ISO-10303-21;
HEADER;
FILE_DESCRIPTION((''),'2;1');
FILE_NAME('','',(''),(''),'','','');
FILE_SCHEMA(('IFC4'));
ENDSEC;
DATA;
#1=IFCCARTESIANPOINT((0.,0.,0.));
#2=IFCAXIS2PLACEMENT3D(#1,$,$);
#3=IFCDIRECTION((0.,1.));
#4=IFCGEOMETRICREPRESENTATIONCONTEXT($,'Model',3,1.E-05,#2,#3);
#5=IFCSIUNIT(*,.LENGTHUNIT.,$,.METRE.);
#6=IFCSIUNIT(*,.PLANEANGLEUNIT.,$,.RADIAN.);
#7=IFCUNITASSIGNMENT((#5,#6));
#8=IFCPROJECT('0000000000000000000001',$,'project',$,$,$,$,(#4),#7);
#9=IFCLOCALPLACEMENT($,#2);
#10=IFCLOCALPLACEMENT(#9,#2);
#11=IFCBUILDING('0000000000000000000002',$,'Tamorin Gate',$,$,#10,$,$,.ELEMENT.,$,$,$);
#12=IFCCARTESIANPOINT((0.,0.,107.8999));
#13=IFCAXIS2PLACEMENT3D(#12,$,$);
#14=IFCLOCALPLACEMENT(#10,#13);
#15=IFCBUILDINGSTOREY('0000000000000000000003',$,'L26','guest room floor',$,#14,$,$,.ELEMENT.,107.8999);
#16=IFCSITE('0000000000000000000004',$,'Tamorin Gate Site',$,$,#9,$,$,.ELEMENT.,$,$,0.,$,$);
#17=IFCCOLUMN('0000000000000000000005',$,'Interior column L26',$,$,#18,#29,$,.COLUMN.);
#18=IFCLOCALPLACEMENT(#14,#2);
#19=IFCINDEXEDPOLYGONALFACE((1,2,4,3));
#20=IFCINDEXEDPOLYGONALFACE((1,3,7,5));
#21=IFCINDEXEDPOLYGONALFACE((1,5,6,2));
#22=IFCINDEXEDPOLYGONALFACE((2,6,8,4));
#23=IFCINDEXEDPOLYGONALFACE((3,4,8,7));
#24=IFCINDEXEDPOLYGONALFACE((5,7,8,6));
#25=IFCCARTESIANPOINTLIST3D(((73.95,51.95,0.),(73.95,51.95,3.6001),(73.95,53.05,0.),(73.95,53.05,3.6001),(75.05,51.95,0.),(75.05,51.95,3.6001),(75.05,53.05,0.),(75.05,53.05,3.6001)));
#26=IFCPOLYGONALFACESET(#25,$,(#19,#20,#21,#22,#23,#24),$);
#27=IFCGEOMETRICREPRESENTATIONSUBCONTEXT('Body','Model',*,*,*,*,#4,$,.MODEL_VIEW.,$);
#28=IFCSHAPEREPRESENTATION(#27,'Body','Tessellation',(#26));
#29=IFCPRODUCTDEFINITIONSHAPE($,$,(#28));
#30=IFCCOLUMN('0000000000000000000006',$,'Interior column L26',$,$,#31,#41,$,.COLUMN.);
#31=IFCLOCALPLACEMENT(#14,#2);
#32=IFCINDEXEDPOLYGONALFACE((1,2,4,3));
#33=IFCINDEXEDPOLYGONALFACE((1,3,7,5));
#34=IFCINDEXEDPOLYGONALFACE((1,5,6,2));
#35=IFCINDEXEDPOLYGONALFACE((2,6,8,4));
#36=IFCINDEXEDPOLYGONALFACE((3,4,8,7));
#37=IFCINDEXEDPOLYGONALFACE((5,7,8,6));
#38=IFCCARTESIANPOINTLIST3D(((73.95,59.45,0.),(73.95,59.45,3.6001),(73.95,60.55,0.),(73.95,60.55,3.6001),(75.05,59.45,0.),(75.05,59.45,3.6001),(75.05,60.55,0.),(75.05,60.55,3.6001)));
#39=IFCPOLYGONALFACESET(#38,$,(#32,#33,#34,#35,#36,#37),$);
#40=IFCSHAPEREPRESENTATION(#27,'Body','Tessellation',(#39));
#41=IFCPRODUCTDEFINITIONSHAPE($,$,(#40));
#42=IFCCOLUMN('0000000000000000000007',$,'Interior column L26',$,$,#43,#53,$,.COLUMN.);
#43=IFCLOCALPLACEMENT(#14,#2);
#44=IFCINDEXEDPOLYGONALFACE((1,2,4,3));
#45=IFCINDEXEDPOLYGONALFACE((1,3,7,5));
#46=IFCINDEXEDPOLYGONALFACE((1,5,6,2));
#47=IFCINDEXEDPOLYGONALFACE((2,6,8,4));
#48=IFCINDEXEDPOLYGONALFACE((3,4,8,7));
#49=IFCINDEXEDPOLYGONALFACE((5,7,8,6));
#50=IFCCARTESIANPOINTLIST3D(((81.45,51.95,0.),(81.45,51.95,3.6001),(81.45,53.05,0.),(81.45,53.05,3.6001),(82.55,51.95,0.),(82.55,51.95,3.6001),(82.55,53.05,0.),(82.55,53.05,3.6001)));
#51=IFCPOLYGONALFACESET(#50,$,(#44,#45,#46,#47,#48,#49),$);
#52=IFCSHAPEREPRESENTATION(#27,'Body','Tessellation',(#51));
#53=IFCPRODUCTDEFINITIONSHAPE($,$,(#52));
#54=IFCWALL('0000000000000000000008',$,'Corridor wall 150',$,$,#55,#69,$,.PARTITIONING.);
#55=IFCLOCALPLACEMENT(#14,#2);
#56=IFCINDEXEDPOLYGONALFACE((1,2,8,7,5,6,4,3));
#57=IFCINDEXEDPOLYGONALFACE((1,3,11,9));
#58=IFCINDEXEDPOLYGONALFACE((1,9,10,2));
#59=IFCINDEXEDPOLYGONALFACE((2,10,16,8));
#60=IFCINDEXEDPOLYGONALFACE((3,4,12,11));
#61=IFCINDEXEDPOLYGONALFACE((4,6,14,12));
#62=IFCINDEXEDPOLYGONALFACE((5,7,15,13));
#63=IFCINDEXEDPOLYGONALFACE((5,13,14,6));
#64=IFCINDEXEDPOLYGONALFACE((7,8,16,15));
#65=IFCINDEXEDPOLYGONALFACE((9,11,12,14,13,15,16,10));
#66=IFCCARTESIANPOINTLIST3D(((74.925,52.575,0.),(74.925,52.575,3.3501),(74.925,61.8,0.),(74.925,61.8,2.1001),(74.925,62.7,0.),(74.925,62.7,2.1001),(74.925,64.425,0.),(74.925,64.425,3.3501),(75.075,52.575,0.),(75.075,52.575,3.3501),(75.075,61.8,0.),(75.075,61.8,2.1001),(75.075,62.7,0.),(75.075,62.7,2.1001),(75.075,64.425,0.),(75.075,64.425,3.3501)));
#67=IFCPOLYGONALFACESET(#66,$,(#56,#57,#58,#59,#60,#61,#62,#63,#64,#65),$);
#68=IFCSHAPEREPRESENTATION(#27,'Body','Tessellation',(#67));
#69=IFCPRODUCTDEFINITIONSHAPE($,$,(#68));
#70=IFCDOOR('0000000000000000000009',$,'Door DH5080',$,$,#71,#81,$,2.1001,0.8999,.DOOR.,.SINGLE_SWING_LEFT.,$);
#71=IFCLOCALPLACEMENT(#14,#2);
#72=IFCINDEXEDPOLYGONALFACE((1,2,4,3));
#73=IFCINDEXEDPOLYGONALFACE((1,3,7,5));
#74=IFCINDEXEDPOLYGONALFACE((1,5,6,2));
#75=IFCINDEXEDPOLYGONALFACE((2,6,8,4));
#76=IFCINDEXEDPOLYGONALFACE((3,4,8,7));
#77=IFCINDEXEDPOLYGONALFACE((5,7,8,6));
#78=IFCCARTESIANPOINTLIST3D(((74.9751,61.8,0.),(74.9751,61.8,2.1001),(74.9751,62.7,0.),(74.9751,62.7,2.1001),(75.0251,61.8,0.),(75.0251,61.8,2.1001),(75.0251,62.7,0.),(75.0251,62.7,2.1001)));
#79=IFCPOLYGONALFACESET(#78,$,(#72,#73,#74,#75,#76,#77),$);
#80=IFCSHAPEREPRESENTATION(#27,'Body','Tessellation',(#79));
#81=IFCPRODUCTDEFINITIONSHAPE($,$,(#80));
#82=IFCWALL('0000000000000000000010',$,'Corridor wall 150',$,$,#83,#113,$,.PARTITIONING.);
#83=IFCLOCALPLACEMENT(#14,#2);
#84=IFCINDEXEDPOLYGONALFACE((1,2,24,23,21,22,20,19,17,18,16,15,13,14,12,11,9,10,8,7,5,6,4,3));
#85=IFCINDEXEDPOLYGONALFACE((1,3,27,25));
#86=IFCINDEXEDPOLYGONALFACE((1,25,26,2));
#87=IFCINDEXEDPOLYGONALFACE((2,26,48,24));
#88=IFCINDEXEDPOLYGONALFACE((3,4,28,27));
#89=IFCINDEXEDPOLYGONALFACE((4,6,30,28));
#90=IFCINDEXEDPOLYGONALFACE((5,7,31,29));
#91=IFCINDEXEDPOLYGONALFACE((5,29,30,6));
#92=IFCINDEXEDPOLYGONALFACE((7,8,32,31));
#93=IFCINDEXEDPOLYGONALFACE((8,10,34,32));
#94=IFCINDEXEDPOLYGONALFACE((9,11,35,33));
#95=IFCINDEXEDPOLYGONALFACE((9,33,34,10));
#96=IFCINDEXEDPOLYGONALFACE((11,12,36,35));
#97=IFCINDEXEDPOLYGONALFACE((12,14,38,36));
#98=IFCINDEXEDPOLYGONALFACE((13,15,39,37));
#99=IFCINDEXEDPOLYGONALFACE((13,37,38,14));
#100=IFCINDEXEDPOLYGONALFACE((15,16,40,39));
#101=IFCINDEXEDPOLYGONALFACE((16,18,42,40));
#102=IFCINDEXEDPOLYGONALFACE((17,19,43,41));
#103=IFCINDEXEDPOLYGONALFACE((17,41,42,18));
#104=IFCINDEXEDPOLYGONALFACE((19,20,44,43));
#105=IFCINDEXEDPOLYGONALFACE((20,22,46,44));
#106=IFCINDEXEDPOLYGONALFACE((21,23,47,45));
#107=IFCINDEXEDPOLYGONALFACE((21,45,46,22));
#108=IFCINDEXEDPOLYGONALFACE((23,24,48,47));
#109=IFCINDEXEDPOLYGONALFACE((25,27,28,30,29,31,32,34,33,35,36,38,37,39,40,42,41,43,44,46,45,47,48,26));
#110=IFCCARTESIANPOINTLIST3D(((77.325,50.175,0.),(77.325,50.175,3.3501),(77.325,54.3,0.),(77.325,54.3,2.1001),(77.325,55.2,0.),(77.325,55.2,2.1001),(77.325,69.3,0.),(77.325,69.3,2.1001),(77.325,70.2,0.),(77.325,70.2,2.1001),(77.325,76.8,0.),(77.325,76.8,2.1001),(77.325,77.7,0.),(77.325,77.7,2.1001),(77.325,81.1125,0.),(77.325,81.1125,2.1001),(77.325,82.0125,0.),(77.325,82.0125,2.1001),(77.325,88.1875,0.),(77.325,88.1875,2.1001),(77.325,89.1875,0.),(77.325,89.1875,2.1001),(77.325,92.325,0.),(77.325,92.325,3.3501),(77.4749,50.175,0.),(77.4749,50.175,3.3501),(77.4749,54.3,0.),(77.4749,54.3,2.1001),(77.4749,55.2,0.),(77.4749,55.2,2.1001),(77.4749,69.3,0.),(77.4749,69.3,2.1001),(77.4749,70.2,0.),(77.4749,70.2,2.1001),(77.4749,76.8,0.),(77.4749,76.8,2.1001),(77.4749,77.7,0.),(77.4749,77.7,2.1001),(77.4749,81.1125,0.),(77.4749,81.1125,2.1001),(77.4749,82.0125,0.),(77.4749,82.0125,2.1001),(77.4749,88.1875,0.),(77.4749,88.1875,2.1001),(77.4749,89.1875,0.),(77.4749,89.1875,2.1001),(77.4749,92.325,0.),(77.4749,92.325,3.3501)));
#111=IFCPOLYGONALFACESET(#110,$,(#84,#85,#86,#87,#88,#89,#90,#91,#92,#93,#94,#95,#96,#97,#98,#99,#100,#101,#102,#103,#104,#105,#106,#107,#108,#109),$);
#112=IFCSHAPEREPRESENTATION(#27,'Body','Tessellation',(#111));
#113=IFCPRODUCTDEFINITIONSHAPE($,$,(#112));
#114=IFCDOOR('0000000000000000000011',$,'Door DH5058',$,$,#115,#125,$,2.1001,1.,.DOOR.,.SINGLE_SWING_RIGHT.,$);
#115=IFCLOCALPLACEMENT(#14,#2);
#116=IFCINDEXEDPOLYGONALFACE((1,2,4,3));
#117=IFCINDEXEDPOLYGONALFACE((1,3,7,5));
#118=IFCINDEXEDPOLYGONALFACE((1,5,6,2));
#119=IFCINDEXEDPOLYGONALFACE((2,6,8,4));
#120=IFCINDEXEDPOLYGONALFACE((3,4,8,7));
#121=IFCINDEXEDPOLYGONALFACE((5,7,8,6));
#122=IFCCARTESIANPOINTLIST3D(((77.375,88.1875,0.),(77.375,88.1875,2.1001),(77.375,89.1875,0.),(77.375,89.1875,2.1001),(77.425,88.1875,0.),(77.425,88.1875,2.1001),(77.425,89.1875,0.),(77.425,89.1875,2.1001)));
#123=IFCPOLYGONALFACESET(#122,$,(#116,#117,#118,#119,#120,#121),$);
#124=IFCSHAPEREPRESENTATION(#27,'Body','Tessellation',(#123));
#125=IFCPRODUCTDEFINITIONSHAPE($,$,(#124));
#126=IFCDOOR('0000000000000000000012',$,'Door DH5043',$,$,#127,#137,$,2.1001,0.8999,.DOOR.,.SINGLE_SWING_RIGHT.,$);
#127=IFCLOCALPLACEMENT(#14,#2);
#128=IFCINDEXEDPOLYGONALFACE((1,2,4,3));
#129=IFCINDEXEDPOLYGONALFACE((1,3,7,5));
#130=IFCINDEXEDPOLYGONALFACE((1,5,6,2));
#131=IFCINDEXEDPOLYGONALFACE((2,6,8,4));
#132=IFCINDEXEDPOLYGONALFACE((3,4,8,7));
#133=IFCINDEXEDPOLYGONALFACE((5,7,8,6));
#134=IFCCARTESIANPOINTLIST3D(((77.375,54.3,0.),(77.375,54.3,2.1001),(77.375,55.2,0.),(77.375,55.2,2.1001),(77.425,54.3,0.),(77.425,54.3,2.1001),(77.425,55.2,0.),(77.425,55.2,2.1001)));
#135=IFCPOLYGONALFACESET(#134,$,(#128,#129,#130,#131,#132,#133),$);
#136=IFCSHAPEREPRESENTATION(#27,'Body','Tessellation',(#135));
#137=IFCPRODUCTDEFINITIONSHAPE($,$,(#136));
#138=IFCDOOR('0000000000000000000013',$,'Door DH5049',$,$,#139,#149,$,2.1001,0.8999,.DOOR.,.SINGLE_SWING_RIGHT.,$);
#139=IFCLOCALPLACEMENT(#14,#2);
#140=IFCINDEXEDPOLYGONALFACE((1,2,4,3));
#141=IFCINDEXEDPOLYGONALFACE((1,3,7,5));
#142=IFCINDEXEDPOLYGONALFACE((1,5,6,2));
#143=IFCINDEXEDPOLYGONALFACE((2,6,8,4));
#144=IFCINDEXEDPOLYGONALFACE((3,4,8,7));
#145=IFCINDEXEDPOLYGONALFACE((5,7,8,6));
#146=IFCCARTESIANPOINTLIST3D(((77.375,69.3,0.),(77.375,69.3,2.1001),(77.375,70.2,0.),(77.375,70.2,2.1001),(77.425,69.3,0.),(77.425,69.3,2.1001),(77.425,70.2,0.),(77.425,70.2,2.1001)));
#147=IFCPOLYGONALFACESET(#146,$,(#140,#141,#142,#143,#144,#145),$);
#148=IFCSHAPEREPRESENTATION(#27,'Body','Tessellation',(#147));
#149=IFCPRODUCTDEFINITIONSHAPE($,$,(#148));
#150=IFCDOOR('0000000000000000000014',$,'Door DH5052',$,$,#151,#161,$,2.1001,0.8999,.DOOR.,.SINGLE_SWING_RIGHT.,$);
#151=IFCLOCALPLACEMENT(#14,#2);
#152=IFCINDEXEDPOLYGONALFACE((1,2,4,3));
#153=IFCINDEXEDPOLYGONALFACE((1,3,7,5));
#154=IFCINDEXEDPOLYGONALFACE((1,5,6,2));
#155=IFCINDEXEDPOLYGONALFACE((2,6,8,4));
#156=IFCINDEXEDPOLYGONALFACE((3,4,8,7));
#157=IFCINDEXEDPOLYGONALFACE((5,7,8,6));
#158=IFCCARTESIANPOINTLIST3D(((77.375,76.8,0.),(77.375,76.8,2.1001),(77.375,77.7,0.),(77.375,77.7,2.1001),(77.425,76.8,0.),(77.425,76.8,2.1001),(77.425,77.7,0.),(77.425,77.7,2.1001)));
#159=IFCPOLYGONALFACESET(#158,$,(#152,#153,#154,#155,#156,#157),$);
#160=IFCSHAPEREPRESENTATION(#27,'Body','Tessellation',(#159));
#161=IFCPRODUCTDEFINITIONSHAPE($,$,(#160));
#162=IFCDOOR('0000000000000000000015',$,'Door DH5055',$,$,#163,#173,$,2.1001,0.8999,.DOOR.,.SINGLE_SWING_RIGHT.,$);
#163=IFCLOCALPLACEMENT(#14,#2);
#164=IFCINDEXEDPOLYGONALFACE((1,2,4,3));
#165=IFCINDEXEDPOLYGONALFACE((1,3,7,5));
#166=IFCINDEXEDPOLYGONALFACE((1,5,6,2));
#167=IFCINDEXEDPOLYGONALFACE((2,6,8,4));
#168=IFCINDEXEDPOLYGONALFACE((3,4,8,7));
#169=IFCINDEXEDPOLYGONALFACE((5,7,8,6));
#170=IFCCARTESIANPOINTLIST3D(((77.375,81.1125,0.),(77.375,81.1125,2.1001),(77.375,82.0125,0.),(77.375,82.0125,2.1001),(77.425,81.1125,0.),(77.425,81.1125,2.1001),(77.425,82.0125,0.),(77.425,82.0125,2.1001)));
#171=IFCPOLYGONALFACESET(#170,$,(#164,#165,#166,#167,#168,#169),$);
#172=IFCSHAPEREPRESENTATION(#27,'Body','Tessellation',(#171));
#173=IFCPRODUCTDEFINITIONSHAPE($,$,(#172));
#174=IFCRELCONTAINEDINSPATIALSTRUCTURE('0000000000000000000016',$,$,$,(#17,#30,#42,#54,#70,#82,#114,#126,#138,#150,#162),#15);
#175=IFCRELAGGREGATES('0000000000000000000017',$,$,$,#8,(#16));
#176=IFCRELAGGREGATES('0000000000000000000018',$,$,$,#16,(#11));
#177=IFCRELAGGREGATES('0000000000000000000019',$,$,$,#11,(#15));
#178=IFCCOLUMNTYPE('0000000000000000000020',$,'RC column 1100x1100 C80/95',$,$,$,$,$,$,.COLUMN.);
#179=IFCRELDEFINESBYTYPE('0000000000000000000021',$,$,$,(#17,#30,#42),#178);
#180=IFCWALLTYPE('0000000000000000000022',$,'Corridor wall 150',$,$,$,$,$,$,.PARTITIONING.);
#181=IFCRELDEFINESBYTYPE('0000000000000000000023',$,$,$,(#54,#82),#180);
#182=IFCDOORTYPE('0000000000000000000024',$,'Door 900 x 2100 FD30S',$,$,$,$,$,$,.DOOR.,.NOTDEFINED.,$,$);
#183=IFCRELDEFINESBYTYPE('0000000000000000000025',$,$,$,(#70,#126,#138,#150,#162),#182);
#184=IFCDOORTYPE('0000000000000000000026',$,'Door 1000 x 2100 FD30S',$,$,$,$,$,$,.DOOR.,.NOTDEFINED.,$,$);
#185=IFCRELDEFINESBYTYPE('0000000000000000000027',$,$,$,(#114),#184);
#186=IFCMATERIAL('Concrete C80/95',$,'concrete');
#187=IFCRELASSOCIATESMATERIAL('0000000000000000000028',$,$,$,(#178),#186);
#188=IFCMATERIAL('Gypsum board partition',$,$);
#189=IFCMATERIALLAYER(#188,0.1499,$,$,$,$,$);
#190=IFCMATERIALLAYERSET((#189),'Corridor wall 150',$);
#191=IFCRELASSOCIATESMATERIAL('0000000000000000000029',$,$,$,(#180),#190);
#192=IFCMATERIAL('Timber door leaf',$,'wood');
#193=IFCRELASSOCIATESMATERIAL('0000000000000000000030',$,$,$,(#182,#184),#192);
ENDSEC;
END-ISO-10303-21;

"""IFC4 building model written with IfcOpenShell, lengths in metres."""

from ifc_helpers import new_model, si_unit, direction, frame, frame_2d, origin, origin_2d, place, context, subcontext, project, spatial, rectangle, extrude, material, layer, layer_set, material_profile, profile_set, type_object, element, fill, save


model = new_model("IFC4")

# Units and contexts
model_context = context("Model", 3, precision=1e-05, world=origin(), true_north=direction((0.0, 1.0)))
body_context = subcontext(model_context, "Body", "Model", "MODEL_VIEW")
ifc_project = project(units=[si_unit("LENGTHUNIT", "METRE"), si_unit("PLANEANGLEUNIT", "RADIAN")], contexts=[model_context])

# Site, building, storey
site_placement = place(None, origin())
site = spatial("IfcSite", under=ifc_project, at=site_placement, Name="Tamorin Gate Site", CompositionType="ELEMENT", RefElevation=0.0)
building_placement = place(site_placement, origin())
building = spatial("IfcBuilding", under=site, at=building_placement, Name="Tamorin Gate", CompositionType="ELEMENT")
storey_placement = place(building_placement, frame((0.0, 0.0, 107.8999)))
storey = spatial("IfcBuildingStorey", under=building, at=storey_placement, Name="L26", Description="guest room floor", CompositionType="ELEMENT", Elevation=107.8999)

# Columns
ifc_material_1 = material(Name="Concrete C80/95", Category="concrete")
ifc_material_profile = material_profile(ifc_material_1, rectangle(XDim=1.1001, YDim=1.1001, at=origin_2d()), Name="RC 1100x1100")
ifc_profile_set = profile_set([ifc_material_profile], Name="Concrete C80/95")
column_type = type_object("IfcColumnType", Name="RC column 1100x1100 C80/95", PredefinedType="COLUMN", material=ifc_profile_set)
for number, where, z_axis, x_axis, name in (
    (1, (74.5, 52.5, 0.0), (0.0, 0.0, 1.0), (1.0, 0.0, 0.0), "Interior column L26"),
    (2, (74.5, 60.0, 0.0), (0.0, 0.0, 1.0), (1.0, 0.0, 0.0), "Interior column L26"),
    (3, (82.0, 52.5, 0.0), (0.0, 0.0, 1.0), (1.0, 0.0, 0.0), "Interior column L26"),
):
    element("IfcColumn", number, at=place(storey_placement, frame(where, z_axis=z_axis, x_axis=x_axis)), inside=storey, type_object=column_type, Name=name, PredefinedType="COLUMN", context=body_context, shape_type="SweptSolid", body=[
        extrude(rectangle(XDim=1.1001, YDim=1.1001, at=origin_2d()), origin(), (0.0, 0.0, 1.0), 3.6001),
    ])

# Wall, opening, door
ifc_material_2 = material(Name="Gypsum board partition")
ifc_layer_1 = layer(ifc_material_2, 0.1499)
ifc_layer_set_1 = layer_set([ifc_layer_1], Name="Corridor wall 150")
wall_type_1 = type_object("IfcWallType", Name="Corridor wall 150", PredefinedType="PARTITIONING", material=ifc_layer_set_1)
wall_1_placement = place(storey_placement, frame((75.0, 52.575, 0.0), z_axis=(0.0, 0.0, 1.0), x_axis=(0.0, 1.0, 0.0)))
wall_1 = element("IfcWall", 4, at=wall_1_placement, inside=storey, type_object=wall_type_1, Name="Corridor wall 150", PredefinedType="PARTITIONING", context=body_context, shape_type="SweptSolid", body=[
    extrude(rectangle(XDim=11.8501, YDim=0.1499, at=frame_2d((5.925, 0.0))), origin(), (0.0, 0.0, 1.0), 3.3501),
])
opening_1_placement = place(wall_1_placement, frame((9.2251, 0.0, 0.0)))
opening_1 = element("IfcOpeningElement", 5, at=opening_1_placement, cuts=wall_1, PredefinedType="OPENING", context=body_context, shape_type="SweptSolid", body=[
    extrude(rectangle(XDim=0.8999, YDim=2.1001, at=frame_2d((0.45, 1.05))), frame((0.0, 0.085, 0.0), z_axis=(0.0, -1.0, 0.0), x_axis=(1.0, 0.0, 0.0)), (0.0, 0.0, 1.0), 0.1699),
])
ifc_material_3 = material(Name="Timber door leaf", Category="wood")
door_type_1 = type_object("IfcDoorType", Name="Door 900 x 2100 FD30S", OperationType="NOTDEFINED", PredefinedType="DOOR", material=ifc_material_3)
door_1_placement = place(opening_1_placement, origin())
door_1 = element("IfcDoor", 6, at=door_1_placement, inside=storey, type_object=door_type_1, Name="Door DH5080", OperationType="SINGLE_SWING_LEFT", OverallHeight=2.1001, OverallWidth=0.8999, PredefinedType="DOOR", context=body_context, shape_type="SweptSolid", body=[
    extrude(rectangle(XDim=0.8999, YDim=2.1001, at=frame_2d((0.45, 1.05))), frame((0.0, 0.0249, 0.0), z_axis=(0.0, -1.0, 0.0), x_axis=(1.0, 0.0, 0.0)), (0.0, 0.0, 1.0), 0.05),
])
fill(opening_1, door_1)

# Wall, openings, doors
wall_2_placement = place(storey_placement, frame((77.3999, 50.175, 0.0), z_axis=(0.0, 0.0, 1.0), x_axis=(0.0, 1.0, 0.0)))
wall_2 = element("IfcWall", 7, at=wall_2_placement, inside=storey, type_object=wall_type_1, Name="Corridor wall 150", PredefinedType="PARTITIONING", context=body_context, shape_type="SweptSolid", body=[
    extrude(rectangle(XDim=42.1499, YDim=0.1499, at=frame_2d((21.075, 0.0))), origin(), (0.0, 0.0, 1.0), 3.3501),
])
opening_2_placement = place(wall_2_placement, frame((4.125, 0.0, 0.0)))
opening_2 = element("IfcOpeningElement", 8, at=opening_2_placement, cuts=wall_2, PredefinedType="OPENING", context=body_context, shape_type="SweptSolid", body=[
    extrude(rectangle(XDim=0.8999, YDim=2.1001, at=frame_2d((0.45, 1.05))), frame((0.0, 0.085, 0.0), z_axis=(0.0, -1.0, 0.0), x_axis=(1.0, 0.0, 0.0)), (0.0, 0.0, 1.0), 0.1699),
])
opening_3_placement = place(wall_2_placement, frame((19.125, 0.0, 0.0)))
opening_3 = element("IfcOpeningElement", 9, at=opening_3_placement, cuts=wall_2, PredefinedType="OPENING", context=body_context, shape_type="SweptSolid", body=[
    extrude(rectangle(XDim=0.8999, YDim=2.1001, at=frame_2d((0.45, 1.05))), frame((0.0, 0.085, 0.0), z_axis=(0.0, -1.0, 0.0), x_axis=(1.0, 0.0, 0.0)), (0.0, 0.0, 1.0), 0.1699),
])
opening_4_placement = place(wall_2_placement, frame((26.625, 0.0, 0.0)))
opening_4 = element("IfcOpeningElement", 10, at=opening_4_placement, cuts=wall_2, PredefinedType="OPENING", context=body_context, shape_type="SweptSolid", body=[
    extrude(rectangle(XDim=0.8999, YDim=2.1001, at=frame_2d((0.45, 1.05))), frame((0.0, 0.085, 0.0), z_axis=(0.0, -1.0, 0.0), x_axis=(1.0, 0.0, 0.0)), (0.0, 0.0, 1.0), 0.1699),
])
opening_5_placement = place(wall_2_placement, frame((30.9375, 0.0, 0.0)))
opening_5 = element("IfcOpeningElement", 11, at=opening_5_placement, cuts=wall_2, PredefinedType="OPENING", context=body_context, shape_type="SweptSolid", body=[
    extrude(rectangle(XDim=0.8999, YDim=2.1001, at=frame_2d((0.45, 1.05))), frame((0.0, 0.085, 0.0), z_axis=(0.0, -1.0, 0.0), x_axis=(1.0, 0.0, 0.0)), (0.0, 0.0, 1.0), 0.1699),
])
opening_6_placement = place(wall_2_placement, frame((38.0125, 0.0, 0.0)))
opening_6 = element("IfcOpeningElement", 12, at=opening_6_placement, cuts=wall_2, PredefinedType="OPENING", context=body_context, shape_type="SweptSolid", body=[
    extrude(rectangle(XDim=1.0, YDim=2.1001, at=frame_2d((0.5, 1.05))), frame((0.0, 0.085, 0.0), z_axis=(0.0, -1.0, 0.0), x_axis=(1.0, 0.0, 0.0)), (0.0, 0.0, 1.0), 0.1699),
])
door_type_2 = type_object("IfcDoorType", Name="Door 1000 x 2100 FD30S", OperationType="NOTDEFINED", PredefinedType="DOOR", material=ifc_material_3)
door_2_placement = place(opening_6_placement, origin())
door_2 = element("IfcDoor", 13, at=door_2_placement, inside=storey, type_object=door_type_2, Name="Door DH5058", OperationType="SINGLE_SWING_RIGHT", OverallHeight=2.1001, OverallWidth=1.0, PredefinedType="DOOR", context=body_context, shape_type="SweptSolid", body=[
    extrude(rectangle(XDim=1.0, YDim=2.1001, at=frame_2d((0.5, 1.05))), frame((0.0, 0.0249, 0.0), z_axis=(0.0, -1.0, 0.0), x_axis=(1.0, 0.0, 0.0)), (0.0, 0.0, 1.0), 0.05),
])
fill(opening_6, door_2)
door_3_placement = place(opening_2_placement, origin())
door_3 = element("IfcDoor", 14, at=door_3_placement, inside=storey, type_object=door_type_1, Name="Door DH5043", OperationType="SINGLE_SWING_RIGHT", OverallHeight=2.1001, OverallWidth=0.8999, PredefinedType="DOOR", context=body_context, shape_type="SweptSolid", body=[
    extrude(rectangle(XDim=0.8999, YDim=2.1001, at=frame_2d((0.45, 1.05))), frame((0.0, 0.0249, 0.0), z_axis=(0.0, -1.0, 0.0), x_axis=(1.0, 0.0, 0.0)), (0.0, 0.0, 1.0), 0.05),
])
fill(opening_2, door_3)
door_4_placement = place(opening_3_placement, origin())
door_4 = element("IfcDoor", 15, at=door_4_placement, inside=storey, type_object=door_type_1, Name="Door DH5049", OperationType="SINGLE_SWING_RIGHT", OverallHeight=2.1001, OverallWidth=0.8999, PredefinedType="DOOR", context=body_context, shape_type="SweptSolid", body=[
    extrude(rectangle(XDim=0.8999, YDim=2.1001, at=frame_2d((0.45, 1.05))), frame((0.0, 0.0249, 0.0), z_axis=(0.0, -1.0, 0.0), x_axis=(1.0, 0.0, 0.0)), (0.0, 0.0, 1.0), 0.05),
])
fill(opening_3, door_4)
door_5_placement = place(opening_4_placement, origin())
door_5 = element("IfcDoor", 16, at=door_5_placement, inside=storey, type_object=door_type_1, Name="Door DH5052", OperationType="SINGLE_SWING_RIGHT", OverallHeight=2.1001, OverallWidth=0.8999, PredefinedType="DOOR", context=body_context, shape_type="SweptSolid", body=[
    extrude(rectangle(XDim=0.8999, YDim=2.1001, at=frame_2d((0.45, 1.05))), frame((0.0, 0.0249, 0.0), z_axis=(0.0, -1.0, 0.0), x_axis=(1.0, 0.0, 0.0)), (0.0, 0.0, 1.0), 0.05),
])
fill(opening_4, door_5)
door_6_placement = place(opening_5_placement, origin())
door_6 = element("IfcDoor", 17, at=door_6_placement, inside=storey, type_object=door_type_1, Name="Door DH5055", OperationType="SINGLE_SWING_RIGHT", OverallHeight=2.1001, OverallWidth=0.8999, PredefinedType="DOOR", context=body_context, shape_type="SweptSolid", body=[
    extrude(rectangle(XDim=0.8999, YDim=2.1001, at=frame_2d((0.45, 1.05))), frame((0.0, 0.0249, 0.0), z_axis=(0.0, -1.0, 0.0), x_axis=(1.0, 0.0, 0.0)), (0.0, 0.0, 1.0), 0.05),
])
fill(opening_5, door_6)

save(model, "model.ifc")
